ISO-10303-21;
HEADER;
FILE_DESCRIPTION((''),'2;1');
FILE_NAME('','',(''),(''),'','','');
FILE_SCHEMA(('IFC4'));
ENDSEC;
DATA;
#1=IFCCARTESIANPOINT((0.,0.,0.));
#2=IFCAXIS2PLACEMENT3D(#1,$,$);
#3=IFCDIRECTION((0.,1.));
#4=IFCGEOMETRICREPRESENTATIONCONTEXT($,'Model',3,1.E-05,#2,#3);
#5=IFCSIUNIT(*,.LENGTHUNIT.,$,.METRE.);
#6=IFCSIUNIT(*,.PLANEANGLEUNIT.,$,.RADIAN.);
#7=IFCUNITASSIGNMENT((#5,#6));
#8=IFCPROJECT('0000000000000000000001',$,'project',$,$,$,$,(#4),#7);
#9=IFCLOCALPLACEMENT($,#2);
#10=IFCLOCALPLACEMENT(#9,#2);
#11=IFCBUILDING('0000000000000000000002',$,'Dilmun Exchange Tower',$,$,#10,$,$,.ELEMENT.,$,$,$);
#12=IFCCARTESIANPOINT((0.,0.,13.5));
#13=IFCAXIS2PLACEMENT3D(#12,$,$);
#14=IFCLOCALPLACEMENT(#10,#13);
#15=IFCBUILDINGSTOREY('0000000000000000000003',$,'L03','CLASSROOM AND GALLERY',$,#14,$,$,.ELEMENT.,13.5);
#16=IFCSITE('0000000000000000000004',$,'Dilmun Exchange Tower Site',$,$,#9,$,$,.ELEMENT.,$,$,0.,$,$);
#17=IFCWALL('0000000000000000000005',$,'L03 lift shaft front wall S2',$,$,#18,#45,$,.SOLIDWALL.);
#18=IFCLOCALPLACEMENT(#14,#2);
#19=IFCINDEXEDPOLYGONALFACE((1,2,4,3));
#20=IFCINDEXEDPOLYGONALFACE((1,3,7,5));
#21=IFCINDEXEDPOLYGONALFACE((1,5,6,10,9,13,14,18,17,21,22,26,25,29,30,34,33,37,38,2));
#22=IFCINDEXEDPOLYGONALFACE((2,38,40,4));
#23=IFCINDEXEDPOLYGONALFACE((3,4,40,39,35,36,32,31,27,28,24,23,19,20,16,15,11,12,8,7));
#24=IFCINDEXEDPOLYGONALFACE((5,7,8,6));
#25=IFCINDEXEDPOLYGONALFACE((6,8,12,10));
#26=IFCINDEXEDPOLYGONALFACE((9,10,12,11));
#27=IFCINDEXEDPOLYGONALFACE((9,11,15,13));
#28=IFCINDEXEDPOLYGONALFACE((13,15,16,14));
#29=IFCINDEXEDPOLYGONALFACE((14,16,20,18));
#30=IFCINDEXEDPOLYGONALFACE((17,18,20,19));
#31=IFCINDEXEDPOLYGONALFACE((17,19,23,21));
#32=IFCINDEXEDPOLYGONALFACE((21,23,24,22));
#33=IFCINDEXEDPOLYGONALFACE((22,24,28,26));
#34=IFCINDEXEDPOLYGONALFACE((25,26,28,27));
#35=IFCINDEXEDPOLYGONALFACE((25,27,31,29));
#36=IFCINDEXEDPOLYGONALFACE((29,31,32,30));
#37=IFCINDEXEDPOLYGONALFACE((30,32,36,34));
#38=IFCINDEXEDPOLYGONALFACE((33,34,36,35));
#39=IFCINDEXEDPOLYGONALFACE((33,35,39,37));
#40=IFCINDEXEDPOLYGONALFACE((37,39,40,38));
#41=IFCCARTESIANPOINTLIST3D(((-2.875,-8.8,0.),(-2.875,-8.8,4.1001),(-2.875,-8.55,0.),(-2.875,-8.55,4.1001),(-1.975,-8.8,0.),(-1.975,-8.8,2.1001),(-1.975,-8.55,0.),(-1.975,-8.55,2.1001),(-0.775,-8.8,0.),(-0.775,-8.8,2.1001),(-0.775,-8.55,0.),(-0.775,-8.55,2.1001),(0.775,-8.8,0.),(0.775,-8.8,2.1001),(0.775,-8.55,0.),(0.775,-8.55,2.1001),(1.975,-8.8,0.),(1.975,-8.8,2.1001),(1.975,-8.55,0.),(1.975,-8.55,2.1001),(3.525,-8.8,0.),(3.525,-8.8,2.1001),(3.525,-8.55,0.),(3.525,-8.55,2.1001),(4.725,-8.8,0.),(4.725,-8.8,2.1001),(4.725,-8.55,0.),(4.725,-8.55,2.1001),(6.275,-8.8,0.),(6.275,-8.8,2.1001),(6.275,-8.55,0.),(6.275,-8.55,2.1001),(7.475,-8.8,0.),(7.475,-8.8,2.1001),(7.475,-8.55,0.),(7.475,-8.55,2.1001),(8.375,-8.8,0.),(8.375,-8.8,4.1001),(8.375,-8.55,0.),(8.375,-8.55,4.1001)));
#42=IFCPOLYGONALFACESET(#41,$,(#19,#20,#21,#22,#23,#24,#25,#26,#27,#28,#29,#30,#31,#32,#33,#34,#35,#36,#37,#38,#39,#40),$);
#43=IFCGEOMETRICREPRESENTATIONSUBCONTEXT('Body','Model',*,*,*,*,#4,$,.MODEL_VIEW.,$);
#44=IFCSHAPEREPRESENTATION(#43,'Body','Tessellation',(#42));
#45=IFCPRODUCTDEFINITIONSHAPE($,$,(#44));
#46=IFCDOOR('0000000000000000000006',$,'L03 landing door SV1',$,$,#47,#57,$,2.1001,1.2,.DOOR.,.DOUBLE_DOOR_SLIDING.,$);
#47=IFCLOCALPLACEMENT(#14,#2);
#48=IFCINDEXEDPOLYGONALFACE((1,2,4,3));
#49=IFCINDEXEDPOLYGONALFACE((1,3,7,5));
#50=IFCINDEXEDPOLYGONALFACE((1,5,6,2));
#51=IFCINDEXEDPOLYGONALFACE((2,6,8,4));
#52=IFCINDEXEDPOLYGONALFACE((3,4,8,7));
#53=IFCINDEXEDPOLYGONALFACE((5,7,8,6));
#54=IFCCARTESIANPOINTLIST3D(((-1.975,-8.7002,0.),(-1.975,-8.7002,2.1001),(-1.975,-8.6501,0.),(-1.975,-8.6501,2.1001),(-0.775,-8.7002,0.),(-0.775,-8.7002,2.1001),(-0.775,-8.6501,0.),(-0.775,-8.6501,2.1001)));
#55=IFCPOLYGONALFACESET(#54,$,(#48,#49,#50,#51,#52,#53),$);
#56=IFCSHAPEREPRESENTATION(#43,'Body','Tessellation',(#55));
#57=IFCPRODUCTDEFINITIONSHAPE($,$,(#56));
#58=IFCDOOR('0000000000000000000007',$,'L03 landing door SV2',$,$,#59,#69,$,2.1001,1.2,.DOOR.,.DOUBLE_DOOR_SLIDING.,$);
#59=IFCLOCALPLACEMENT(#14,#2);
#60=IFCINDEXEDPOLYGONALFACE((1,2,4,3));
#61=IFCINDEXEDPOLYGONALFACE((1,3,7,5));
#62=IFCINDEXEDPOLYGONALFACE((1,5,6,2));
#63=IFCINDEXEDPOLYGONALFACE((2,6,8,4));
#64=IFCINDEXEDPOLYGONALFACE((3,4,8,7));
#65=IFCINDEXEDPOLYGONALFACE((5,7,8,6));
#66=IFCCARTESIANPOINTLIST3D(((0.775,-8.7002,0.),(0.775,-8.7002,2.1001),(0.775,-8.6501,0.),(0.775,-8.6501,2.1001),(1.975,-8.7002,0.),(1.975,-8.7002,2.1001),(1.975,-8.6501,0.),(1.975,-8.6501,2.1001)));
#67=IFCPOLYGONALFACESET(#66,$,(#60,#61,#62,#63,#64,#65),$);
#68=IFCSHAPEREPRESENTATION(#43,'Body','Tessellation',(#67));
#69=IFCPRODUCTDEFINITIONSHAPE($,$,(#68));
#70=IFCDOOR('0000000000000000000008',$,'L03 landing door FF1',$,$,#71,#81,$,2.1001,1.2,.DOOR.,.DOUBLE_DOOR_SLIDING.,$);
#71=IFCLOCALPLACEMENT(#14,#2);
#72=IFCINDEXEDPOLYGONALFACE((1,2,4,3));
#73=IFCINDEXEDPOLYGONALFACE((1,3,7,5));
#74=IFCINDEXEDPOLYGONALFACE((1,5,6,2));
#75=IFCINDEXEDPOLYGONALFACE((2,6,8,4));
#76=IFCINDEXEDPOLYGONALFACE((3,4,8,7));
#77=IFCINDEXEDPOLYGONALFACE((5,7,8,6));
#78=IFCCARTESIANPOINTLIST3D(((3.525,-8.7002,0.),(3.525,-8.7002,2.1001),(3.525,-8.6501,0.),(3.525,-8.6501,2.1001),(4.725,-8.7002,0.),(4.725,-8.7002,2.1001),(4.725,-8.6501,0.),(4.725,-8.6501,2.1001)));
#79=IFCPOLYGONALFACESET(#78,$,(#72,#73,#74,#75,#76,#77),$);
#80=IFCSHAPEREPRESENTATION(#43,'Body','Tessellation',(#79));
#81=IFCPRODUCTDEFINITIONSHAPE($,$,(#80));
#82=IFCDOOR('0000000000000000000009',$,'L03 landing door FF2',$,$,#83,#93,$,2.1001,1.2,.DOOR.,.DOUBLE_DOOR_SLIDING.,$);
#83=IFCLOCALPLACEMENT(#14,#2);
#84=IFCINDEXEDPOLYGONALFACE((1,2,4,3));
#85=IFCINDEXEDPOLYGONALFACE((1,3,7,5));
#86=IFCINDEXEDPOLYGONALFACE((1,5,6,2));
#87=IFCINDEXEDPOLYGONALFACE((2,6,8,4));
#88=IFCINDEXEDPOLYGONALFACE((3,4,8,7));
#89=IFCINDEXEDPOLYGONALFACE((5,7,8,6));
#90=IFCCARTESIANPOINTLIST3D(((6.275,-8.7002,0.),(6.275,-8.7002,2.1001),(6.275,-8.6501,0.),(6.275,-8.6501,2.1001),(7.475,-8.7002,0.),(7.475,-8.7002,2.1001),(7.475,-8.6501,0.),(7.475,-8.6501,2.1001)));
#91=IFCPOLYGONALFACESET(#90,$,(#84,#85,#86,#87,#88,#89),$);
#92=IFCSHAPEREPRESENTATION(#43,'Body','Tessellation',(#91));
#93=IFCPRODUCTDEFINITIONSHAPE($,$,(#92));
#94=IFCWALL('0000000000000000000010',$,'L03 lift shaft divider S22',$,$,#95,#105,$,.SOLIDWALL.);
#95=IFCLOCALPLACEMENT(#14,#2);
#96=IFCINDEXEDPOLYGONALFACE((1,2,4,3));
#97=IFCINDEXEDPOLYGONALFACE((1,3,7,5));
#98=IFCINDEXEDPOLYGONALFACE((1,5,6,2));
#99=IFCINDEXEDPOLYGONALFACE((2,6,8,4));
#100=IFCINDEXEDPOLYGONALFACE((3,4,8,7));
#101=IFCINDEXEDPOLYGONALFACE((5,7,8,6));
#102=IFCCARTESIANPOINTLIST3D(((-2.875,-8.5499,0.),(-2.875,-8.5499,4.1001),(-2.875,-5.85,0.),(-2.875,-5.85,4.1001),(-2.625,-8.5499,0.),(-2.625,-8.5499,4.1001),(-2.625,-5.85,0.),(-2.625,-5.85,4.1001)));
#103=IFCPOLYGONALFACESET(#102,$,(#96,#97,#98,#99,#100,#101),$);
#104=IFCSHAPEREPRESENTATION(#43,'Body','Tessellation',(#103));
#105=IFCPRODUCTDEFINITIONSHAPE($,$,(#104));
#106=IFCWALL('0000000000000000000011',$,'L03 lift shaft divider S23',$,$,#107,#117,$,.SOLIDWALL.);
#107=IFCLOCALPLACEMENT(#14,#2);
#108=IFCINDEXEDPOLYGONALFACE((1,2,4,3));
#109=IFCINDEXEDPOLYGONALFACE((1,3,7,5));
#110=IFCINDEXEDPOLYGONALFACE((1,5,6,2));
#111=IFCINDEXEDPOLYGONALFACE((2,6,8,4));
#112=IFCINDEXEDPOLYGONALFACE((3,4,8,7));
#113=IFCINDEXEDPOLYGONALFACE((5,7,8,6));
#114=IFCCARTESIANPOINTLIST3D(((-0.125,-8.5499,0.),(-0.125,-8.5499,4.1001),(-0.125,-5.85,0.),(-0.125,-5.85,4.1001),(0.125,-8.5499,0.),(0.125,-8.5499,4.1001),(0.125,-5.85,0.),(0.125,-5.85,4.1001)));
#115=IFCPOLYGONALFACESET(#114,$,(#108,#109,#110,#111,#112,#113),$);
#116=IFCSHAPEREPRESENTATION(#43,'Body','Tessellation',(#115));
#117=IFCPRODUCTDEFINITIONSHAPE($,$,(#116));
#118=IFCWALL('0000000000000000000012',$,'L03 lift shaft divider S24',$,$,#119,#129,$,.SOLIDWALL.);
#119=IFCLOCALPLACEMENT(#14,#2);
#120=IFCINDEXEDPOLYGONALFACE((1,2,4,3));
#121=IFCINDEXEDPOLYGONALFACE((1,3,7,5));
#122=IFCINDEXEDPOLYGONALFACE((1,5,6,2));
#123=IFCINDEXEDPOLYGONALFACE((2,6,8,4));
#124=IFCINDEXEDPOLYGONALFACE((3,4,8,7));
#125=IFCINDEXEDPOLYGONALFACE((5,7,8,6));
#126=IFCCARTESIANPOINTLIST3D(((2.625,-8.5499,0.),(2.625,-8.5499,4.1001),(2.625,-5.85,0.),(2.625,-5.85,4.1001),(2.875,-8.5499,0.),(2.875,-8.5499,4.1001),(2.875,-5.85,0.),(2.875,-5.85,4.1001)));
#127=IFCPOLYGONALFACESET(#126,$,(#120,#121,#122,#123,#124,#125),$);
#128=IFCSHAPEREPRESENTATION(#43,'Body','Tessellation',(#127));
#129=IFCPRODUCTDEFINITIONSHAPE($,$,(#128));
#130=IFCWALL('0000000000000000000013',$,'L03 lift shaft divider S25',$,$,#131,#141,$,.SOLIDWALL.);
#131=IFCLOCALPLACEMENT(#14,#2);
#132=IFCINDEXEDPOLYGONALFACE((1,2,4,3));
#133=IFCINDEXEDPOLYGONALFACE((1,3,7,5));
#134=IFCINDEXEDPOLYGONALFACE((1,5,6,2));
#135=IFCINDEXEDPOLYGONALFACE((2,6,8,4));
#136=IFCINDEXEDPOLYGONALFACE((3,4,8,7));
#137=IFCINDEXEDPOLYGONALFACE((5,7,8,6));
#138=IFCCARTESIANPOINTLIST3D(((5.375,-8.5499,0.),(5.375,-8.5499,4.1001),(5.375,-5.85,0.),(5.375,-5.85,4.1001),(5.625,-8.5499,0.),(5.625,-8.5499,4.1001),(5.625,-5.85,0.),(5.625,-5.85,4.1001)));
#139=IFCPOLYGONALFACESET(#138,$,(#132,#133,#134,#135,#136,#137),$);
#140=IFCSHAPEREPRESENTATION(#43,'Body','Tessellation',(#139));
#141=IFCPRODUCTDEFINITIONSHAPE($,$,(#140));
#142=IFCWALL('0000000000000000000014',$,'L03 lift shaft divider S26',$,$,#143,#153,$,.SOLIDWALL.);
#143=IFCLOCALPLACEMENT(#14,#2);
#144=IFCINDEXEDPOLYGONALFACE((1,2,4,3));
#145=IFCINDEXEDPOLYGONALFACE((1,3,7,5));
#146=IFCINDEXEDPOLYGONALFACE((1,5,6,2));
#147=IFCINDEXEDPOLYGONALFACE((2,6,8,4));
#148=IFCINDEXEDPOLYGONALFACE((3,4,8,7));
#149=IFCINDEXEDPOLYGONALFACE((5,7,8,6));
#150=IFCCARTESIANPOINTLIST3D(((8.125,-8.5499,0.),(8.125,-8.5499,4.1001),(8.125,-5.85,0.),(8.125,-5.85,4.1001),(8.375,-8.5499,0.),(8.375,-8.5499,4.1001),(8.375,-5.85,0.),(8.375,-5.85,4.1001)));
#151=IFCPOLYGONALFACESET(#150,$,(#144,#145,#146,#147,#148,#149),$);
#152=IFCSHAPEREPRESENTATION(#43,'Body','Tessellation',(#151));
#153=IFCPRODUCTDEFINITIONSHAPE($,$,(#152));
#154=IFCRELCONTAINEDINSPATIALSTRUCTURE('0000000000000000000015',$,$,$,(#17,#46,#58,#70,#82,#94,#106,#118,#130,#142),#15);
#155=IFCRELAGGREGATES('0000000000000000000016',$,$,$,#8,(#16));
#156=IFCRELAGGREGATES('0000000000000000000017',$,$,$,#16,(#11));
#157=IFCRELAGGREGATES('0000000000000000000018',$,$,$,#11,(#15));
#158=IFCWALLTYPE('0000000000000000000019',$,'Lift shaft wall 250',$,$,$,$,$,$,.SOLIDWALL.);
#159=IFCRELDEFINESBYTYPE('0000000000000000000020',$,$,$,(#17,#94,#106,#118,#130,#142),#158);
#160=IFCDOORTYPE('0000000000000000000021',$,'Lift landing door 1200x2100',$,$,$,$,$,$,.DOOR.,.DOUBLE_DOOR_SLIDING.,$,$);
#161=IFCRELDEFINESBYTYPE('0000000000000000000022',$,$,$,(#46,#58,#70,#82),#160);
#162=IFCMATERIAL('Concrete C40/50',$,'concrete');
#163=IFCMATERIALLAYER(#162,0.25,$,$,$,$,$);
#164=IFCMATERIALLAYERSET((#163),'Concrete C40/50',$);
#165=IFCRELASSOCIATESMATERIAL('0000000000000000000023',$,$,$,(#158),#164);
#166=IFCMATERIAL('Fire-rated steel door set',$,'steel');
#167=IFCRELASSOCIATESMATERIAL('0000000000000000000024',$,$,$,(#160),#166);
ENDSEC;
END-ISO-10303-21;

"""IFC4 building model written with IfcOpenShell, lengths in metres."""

from ifc_helpers import new_model, si_unit, direction, frame, frame_2d, origin, place, context, subcontext, project, spatial, rectangle, extrude, material, layer, layer_set, type_object, element, fill, save


model = new_model("IFC4")

# Units and contexts
model_context = context("Model", 3, precision=1e-05, world=origin(), true_north=direction((0.0, 1.0)))
body_context = subcontext(model_context, "Body", "Model", "MODEL_VIEW")
ifc_project = project(units=[si_unit("LENGTHUNIT", "METRE"), si_unit("PLANEANGLEUNIT", "RADIAN")], contexts=[model_context])

# Site, building, storey
site_placement = place(None, origin())
site = spatial("IfcSite", under=ifc_project, at=site_placement, Name="Dilmun Exchange Tower Site", CompositionType="ELEMENT", RefElevation=0.0)
building_placement = place(site_placement, origin())
building = spatial("IfcBuilding", under=site, at=building_placement, Name="Dilmun Exchange Tower", CompositionType="ELEMENT")
storey_placement = place(building_placement, frame((0.0, 0.0, 13.5)))
storey = spatial("IfcBuildingStorey", under=building, at=storey_placement, Name="L03", Description="CLASSROOM AND GALLERY", CompositionType="ELEMENT", Elevation=13.5)

# Shared definitions
ifc_material_1 = material(Name="Concrete C40/50", Category="concrete")

# Shared definitions
ifc_material_2 = material(Name="Fire-rated steel door set", Category="steel")

# Shared definitions
ifc_layer_1 = layer(ifc_material_1, 0.25)
ifc_layer_set_1 = layer_set([ifc_layer_1], Name="Concrete C40/50")
wall_type_1 = type_object("IfcWallType", Name="Lift shaft wall 250", PredefinedType="SOLIDWALL", material=ifc_layer_set_1)

# Wall, openings, doors
wall_1_placement = place(storey_placement, frame((-2.875, -8.675, 0.0), z_axis=(0.0, 0.0, 1.0), x_axis=(1.0, 0.0, 0.0)))
wall_1 = element("IfcWall", 1, at=wall_1_placement, inside=storey, type_object=wall_type_1, Name="L03 lift shaft front wall S2", PredefinedType="SOLIDWALL", context=body_context, shape_type="SweptSolid", body=[
    extrude(rectangle(XDim=11.25, YDim=0.25, at=frame_2d((5.625, 0.0))), origin(), (0.0, 0.0, 1.0), 4.1001),
])
opening_1_placement = place(wall_1_placement, frame((0.8999, 0.0, 0.0)))
opening_1 = element("IfcOpeningElement", 2, at=opening_1_placement, cuts=wall_1, PredefinedType="OPENING", context=body_context, shape_type="SweptSolid", body=[
    extrude(rectangle(XDim=1.2, YDim=2.1001, at=frame_2d((0.6001, 1.05))), frame((0.0, 0.135, 0.0), z_axis=(0.0, -1.0, 0.0), x_axis=(1.0, 0.0, 0.0)), (0.0, 0.0, 1.0), 0.27),
])
opening_2_placement = place(wall_1_placement, frame((3.6499, 0.0, 0.0)))
opening_2 = element("IfcOpeningElement", 3, at=opening_2_placement, cuts=wall_1, PredefinedType="OPENING", context=body_context, shape_type="SweptSolid", body=[
    extrude(rectangle(XDim=1.2, YDim=2.1001, at=frame_2d((0.6001, 1.05))), frame((0.0, 0.135, 0.0), z_axis=(0.0, -1.0, 0.0), x_axis=(1.0, 0.0, 0.0)), (0.0, 0.0, 1.0), 0.27),
])
opening_3_placement = place(wall_1_placement, frame((6.3999, 0.0, 0.0)))
opening_3 = element("IfcOpeningElement", 4, at=opening_3_placement, cuts=wall_1, PredefinedType="OPENING", context=body_context, shape_type="SweptSolid", body=[
    extrude(rectangle(XDim=1.2, YDim=2.1001, at=frame_2d((0.6001, 1.05))), frame((0.0, 0.135, 0.0), z_axis=(0.0, -1.0, 0.0), x_axis=(1.0, 0.0, 0.0)), (0.0, 0.0, 1.0), 0.27),
])
opening_4_placement = place(wall_1_placement, frame((9.1499, 0.0, 0.0)))
opening_4 = element("IfcOpeningElement", 5, at=opening_4_placement, cuts=wall_1, PredefinedType="OPENING", context=body_context, shape_type="SweptSolid", body=[
    extrude(rectangle(XDim=1.2, YDim=2.1001, at=frame_2d((0.6001, 1.05))), frame((0.0, 0.135, 0.0), z_axis=(0.0, -1.0, 0.0), x_axis=(1.0, 0.0, 0.0)), (0.0, 0.0, 1.0), 0.27),
])
door_type_1 = type_object("IfcDoorType", Name="Lift landing door 1200x2100", OperationType="DOUBLE_DOOR_SLIDING", PredefinedType="DOOR", material=ifc_material_2)
door_1_placement = place(opening_1_placement, origin())
door_1 = element("IfcDoor", 6, at=door_1_placement, inside=storey, type_object=door_type_1, Name="L03 landing door SV1", OperationType="DOUBLE_DOOR_SLIDING", OverallHeight=2.1001, OverallWidth=1.2, PredefinedType="DOOR", context=body_context, shape_type="SweptSolid", body=[
    extrude(rectangle(XDim=1.2, YDim=2.1001, at=frame_2d((0.6001, 1.05))), frame((0.0, 0.0249, 0.0), z_axis=(0.0, -1.0, 0.0), x_axis=(1.0, 0.0, 0.0)), (0.0, 0.0, 1.0), 0.05),
])
fill(opening_1, door_1)
door_2_placement = place(opening_2_placement, origin())
door_2 = element("IfcDoor", 7, at=door_2_placement, inside=storey, type_object=door_type_1, Name="L03 landing door SV2", OperationType="DOUBLE_DOOR_SLIDING", OverallHeight=2.1001, OverallWidth=1.2, PredefinedType="DOOR", context=body_context, shape_type="SweptSolid", body=[
    extrude(rectangle(XDim=1.2, YDim=2.1001, at=frame_2d((0.6001, 1.05))), frame((0.0, 0.0249, 0.0), z_axis=(0.0, -1.0, 0.0), x_axis=(1.0, 0.0, 0.0)), (0.0, 0.0, 1.0), 0.05),
])
fill(opening_2, door_2)
door_3_placement = place(opening_3_placement, origin())
door_3 = element("IfcDoor", 8, at=door_3_placement, inside=storey, type_object=door_type_1, Name="L03 landing door FF1", OperationType="DOUBLE_DOOR_SLIDING", OverallHeight=2.1001, OverallWidth=1.2, PredefinedType="DOOR", context=body_context, shape_type="SweptSolid", body=[
    extrude(rectangle(XDim=1.2, YDim=2.1001, at=frame_2d((0.6001, 1.05))), frame((0.0, 0.0249, 0.0), z_axis=(0.0, -1.0, 0.0), x_axis=(1.0, 0.0, 0.0)), (0.0, 0.0, 1.0), 0.05),
])
fill(opening_3, door_3)
door_4_placement = place(opening_4_placement, origin())
door_4 = element("IfcDoor", 9, at=door_4_placement, inside=storey, type_object=door_type_1, Name="L03 landing door FF2", OperationType="DOUBLE_DOOR_SLIDING", OverallHeight=2.1001, OverallWidth=1.2, PredefinedType="DOOR", context=body_context, shape_type="SweptSolid", body=[
    extrude(rectangle(XDim=1.2, YDim=2.1001, at=frame_2d((0.6001, 1.05))), frame((0.0, 0.0249, 0.0), z_axis=(0.0, -1.0, 0.0), x_axis=(1.0, 0.0, 0.0)), (0.0, 0.0, 1.0), 0.05),
])
fill(opening_4, door_4)

# Walls
for number, where, z_axis, x_axis, name in (
    (10, (-2.75, -8.55, 0.0), (0.0, 0.0, 1.0), (0.0, 1.0, 0.0), "L03 lift shaft divider S22"),
    (11, (0.0, -8.55, 0.0), (0.0, 0.0, 1.0), (0.0, 1.0, 0.0), "L03 lift shaft divider S23"),
    (12, (2.75, -8.55, 0.0), (0.0, 0.0, 1.0), (0.0, 1.0, 0.0), "L03 lift shaft divider S24"),
    (13, (5.5, -8.55, 0.0), (0.0, 0.0, 1.0), (0.0, 1.0, 0.0), "L03 lift shaft divider S25"),
    (14, (8.25, -8.55, 0.0), (0.0, 0.0, 1.0), (0.0, 1.0, 0.0), "L03 lift shaft divider S26"),
):
    element("IfcWall", number, at=place(storey_placement, frame(where, z_axis=z_axis, x_axis=x_axis)), inside=storey, type_object=wall_type_1, Name=name, PredefinedType="SOLIDWALL", context=body_context, shape_type="SweptSolid", body=[
        extrude(rectangle(XDim=2.7, YDim=0.25, at=frame_2d((1.3501, 0.0))), origin(), (0.0, 0.0, 1.0), 4.1001),
    ])

save(model, "model.ifc")
